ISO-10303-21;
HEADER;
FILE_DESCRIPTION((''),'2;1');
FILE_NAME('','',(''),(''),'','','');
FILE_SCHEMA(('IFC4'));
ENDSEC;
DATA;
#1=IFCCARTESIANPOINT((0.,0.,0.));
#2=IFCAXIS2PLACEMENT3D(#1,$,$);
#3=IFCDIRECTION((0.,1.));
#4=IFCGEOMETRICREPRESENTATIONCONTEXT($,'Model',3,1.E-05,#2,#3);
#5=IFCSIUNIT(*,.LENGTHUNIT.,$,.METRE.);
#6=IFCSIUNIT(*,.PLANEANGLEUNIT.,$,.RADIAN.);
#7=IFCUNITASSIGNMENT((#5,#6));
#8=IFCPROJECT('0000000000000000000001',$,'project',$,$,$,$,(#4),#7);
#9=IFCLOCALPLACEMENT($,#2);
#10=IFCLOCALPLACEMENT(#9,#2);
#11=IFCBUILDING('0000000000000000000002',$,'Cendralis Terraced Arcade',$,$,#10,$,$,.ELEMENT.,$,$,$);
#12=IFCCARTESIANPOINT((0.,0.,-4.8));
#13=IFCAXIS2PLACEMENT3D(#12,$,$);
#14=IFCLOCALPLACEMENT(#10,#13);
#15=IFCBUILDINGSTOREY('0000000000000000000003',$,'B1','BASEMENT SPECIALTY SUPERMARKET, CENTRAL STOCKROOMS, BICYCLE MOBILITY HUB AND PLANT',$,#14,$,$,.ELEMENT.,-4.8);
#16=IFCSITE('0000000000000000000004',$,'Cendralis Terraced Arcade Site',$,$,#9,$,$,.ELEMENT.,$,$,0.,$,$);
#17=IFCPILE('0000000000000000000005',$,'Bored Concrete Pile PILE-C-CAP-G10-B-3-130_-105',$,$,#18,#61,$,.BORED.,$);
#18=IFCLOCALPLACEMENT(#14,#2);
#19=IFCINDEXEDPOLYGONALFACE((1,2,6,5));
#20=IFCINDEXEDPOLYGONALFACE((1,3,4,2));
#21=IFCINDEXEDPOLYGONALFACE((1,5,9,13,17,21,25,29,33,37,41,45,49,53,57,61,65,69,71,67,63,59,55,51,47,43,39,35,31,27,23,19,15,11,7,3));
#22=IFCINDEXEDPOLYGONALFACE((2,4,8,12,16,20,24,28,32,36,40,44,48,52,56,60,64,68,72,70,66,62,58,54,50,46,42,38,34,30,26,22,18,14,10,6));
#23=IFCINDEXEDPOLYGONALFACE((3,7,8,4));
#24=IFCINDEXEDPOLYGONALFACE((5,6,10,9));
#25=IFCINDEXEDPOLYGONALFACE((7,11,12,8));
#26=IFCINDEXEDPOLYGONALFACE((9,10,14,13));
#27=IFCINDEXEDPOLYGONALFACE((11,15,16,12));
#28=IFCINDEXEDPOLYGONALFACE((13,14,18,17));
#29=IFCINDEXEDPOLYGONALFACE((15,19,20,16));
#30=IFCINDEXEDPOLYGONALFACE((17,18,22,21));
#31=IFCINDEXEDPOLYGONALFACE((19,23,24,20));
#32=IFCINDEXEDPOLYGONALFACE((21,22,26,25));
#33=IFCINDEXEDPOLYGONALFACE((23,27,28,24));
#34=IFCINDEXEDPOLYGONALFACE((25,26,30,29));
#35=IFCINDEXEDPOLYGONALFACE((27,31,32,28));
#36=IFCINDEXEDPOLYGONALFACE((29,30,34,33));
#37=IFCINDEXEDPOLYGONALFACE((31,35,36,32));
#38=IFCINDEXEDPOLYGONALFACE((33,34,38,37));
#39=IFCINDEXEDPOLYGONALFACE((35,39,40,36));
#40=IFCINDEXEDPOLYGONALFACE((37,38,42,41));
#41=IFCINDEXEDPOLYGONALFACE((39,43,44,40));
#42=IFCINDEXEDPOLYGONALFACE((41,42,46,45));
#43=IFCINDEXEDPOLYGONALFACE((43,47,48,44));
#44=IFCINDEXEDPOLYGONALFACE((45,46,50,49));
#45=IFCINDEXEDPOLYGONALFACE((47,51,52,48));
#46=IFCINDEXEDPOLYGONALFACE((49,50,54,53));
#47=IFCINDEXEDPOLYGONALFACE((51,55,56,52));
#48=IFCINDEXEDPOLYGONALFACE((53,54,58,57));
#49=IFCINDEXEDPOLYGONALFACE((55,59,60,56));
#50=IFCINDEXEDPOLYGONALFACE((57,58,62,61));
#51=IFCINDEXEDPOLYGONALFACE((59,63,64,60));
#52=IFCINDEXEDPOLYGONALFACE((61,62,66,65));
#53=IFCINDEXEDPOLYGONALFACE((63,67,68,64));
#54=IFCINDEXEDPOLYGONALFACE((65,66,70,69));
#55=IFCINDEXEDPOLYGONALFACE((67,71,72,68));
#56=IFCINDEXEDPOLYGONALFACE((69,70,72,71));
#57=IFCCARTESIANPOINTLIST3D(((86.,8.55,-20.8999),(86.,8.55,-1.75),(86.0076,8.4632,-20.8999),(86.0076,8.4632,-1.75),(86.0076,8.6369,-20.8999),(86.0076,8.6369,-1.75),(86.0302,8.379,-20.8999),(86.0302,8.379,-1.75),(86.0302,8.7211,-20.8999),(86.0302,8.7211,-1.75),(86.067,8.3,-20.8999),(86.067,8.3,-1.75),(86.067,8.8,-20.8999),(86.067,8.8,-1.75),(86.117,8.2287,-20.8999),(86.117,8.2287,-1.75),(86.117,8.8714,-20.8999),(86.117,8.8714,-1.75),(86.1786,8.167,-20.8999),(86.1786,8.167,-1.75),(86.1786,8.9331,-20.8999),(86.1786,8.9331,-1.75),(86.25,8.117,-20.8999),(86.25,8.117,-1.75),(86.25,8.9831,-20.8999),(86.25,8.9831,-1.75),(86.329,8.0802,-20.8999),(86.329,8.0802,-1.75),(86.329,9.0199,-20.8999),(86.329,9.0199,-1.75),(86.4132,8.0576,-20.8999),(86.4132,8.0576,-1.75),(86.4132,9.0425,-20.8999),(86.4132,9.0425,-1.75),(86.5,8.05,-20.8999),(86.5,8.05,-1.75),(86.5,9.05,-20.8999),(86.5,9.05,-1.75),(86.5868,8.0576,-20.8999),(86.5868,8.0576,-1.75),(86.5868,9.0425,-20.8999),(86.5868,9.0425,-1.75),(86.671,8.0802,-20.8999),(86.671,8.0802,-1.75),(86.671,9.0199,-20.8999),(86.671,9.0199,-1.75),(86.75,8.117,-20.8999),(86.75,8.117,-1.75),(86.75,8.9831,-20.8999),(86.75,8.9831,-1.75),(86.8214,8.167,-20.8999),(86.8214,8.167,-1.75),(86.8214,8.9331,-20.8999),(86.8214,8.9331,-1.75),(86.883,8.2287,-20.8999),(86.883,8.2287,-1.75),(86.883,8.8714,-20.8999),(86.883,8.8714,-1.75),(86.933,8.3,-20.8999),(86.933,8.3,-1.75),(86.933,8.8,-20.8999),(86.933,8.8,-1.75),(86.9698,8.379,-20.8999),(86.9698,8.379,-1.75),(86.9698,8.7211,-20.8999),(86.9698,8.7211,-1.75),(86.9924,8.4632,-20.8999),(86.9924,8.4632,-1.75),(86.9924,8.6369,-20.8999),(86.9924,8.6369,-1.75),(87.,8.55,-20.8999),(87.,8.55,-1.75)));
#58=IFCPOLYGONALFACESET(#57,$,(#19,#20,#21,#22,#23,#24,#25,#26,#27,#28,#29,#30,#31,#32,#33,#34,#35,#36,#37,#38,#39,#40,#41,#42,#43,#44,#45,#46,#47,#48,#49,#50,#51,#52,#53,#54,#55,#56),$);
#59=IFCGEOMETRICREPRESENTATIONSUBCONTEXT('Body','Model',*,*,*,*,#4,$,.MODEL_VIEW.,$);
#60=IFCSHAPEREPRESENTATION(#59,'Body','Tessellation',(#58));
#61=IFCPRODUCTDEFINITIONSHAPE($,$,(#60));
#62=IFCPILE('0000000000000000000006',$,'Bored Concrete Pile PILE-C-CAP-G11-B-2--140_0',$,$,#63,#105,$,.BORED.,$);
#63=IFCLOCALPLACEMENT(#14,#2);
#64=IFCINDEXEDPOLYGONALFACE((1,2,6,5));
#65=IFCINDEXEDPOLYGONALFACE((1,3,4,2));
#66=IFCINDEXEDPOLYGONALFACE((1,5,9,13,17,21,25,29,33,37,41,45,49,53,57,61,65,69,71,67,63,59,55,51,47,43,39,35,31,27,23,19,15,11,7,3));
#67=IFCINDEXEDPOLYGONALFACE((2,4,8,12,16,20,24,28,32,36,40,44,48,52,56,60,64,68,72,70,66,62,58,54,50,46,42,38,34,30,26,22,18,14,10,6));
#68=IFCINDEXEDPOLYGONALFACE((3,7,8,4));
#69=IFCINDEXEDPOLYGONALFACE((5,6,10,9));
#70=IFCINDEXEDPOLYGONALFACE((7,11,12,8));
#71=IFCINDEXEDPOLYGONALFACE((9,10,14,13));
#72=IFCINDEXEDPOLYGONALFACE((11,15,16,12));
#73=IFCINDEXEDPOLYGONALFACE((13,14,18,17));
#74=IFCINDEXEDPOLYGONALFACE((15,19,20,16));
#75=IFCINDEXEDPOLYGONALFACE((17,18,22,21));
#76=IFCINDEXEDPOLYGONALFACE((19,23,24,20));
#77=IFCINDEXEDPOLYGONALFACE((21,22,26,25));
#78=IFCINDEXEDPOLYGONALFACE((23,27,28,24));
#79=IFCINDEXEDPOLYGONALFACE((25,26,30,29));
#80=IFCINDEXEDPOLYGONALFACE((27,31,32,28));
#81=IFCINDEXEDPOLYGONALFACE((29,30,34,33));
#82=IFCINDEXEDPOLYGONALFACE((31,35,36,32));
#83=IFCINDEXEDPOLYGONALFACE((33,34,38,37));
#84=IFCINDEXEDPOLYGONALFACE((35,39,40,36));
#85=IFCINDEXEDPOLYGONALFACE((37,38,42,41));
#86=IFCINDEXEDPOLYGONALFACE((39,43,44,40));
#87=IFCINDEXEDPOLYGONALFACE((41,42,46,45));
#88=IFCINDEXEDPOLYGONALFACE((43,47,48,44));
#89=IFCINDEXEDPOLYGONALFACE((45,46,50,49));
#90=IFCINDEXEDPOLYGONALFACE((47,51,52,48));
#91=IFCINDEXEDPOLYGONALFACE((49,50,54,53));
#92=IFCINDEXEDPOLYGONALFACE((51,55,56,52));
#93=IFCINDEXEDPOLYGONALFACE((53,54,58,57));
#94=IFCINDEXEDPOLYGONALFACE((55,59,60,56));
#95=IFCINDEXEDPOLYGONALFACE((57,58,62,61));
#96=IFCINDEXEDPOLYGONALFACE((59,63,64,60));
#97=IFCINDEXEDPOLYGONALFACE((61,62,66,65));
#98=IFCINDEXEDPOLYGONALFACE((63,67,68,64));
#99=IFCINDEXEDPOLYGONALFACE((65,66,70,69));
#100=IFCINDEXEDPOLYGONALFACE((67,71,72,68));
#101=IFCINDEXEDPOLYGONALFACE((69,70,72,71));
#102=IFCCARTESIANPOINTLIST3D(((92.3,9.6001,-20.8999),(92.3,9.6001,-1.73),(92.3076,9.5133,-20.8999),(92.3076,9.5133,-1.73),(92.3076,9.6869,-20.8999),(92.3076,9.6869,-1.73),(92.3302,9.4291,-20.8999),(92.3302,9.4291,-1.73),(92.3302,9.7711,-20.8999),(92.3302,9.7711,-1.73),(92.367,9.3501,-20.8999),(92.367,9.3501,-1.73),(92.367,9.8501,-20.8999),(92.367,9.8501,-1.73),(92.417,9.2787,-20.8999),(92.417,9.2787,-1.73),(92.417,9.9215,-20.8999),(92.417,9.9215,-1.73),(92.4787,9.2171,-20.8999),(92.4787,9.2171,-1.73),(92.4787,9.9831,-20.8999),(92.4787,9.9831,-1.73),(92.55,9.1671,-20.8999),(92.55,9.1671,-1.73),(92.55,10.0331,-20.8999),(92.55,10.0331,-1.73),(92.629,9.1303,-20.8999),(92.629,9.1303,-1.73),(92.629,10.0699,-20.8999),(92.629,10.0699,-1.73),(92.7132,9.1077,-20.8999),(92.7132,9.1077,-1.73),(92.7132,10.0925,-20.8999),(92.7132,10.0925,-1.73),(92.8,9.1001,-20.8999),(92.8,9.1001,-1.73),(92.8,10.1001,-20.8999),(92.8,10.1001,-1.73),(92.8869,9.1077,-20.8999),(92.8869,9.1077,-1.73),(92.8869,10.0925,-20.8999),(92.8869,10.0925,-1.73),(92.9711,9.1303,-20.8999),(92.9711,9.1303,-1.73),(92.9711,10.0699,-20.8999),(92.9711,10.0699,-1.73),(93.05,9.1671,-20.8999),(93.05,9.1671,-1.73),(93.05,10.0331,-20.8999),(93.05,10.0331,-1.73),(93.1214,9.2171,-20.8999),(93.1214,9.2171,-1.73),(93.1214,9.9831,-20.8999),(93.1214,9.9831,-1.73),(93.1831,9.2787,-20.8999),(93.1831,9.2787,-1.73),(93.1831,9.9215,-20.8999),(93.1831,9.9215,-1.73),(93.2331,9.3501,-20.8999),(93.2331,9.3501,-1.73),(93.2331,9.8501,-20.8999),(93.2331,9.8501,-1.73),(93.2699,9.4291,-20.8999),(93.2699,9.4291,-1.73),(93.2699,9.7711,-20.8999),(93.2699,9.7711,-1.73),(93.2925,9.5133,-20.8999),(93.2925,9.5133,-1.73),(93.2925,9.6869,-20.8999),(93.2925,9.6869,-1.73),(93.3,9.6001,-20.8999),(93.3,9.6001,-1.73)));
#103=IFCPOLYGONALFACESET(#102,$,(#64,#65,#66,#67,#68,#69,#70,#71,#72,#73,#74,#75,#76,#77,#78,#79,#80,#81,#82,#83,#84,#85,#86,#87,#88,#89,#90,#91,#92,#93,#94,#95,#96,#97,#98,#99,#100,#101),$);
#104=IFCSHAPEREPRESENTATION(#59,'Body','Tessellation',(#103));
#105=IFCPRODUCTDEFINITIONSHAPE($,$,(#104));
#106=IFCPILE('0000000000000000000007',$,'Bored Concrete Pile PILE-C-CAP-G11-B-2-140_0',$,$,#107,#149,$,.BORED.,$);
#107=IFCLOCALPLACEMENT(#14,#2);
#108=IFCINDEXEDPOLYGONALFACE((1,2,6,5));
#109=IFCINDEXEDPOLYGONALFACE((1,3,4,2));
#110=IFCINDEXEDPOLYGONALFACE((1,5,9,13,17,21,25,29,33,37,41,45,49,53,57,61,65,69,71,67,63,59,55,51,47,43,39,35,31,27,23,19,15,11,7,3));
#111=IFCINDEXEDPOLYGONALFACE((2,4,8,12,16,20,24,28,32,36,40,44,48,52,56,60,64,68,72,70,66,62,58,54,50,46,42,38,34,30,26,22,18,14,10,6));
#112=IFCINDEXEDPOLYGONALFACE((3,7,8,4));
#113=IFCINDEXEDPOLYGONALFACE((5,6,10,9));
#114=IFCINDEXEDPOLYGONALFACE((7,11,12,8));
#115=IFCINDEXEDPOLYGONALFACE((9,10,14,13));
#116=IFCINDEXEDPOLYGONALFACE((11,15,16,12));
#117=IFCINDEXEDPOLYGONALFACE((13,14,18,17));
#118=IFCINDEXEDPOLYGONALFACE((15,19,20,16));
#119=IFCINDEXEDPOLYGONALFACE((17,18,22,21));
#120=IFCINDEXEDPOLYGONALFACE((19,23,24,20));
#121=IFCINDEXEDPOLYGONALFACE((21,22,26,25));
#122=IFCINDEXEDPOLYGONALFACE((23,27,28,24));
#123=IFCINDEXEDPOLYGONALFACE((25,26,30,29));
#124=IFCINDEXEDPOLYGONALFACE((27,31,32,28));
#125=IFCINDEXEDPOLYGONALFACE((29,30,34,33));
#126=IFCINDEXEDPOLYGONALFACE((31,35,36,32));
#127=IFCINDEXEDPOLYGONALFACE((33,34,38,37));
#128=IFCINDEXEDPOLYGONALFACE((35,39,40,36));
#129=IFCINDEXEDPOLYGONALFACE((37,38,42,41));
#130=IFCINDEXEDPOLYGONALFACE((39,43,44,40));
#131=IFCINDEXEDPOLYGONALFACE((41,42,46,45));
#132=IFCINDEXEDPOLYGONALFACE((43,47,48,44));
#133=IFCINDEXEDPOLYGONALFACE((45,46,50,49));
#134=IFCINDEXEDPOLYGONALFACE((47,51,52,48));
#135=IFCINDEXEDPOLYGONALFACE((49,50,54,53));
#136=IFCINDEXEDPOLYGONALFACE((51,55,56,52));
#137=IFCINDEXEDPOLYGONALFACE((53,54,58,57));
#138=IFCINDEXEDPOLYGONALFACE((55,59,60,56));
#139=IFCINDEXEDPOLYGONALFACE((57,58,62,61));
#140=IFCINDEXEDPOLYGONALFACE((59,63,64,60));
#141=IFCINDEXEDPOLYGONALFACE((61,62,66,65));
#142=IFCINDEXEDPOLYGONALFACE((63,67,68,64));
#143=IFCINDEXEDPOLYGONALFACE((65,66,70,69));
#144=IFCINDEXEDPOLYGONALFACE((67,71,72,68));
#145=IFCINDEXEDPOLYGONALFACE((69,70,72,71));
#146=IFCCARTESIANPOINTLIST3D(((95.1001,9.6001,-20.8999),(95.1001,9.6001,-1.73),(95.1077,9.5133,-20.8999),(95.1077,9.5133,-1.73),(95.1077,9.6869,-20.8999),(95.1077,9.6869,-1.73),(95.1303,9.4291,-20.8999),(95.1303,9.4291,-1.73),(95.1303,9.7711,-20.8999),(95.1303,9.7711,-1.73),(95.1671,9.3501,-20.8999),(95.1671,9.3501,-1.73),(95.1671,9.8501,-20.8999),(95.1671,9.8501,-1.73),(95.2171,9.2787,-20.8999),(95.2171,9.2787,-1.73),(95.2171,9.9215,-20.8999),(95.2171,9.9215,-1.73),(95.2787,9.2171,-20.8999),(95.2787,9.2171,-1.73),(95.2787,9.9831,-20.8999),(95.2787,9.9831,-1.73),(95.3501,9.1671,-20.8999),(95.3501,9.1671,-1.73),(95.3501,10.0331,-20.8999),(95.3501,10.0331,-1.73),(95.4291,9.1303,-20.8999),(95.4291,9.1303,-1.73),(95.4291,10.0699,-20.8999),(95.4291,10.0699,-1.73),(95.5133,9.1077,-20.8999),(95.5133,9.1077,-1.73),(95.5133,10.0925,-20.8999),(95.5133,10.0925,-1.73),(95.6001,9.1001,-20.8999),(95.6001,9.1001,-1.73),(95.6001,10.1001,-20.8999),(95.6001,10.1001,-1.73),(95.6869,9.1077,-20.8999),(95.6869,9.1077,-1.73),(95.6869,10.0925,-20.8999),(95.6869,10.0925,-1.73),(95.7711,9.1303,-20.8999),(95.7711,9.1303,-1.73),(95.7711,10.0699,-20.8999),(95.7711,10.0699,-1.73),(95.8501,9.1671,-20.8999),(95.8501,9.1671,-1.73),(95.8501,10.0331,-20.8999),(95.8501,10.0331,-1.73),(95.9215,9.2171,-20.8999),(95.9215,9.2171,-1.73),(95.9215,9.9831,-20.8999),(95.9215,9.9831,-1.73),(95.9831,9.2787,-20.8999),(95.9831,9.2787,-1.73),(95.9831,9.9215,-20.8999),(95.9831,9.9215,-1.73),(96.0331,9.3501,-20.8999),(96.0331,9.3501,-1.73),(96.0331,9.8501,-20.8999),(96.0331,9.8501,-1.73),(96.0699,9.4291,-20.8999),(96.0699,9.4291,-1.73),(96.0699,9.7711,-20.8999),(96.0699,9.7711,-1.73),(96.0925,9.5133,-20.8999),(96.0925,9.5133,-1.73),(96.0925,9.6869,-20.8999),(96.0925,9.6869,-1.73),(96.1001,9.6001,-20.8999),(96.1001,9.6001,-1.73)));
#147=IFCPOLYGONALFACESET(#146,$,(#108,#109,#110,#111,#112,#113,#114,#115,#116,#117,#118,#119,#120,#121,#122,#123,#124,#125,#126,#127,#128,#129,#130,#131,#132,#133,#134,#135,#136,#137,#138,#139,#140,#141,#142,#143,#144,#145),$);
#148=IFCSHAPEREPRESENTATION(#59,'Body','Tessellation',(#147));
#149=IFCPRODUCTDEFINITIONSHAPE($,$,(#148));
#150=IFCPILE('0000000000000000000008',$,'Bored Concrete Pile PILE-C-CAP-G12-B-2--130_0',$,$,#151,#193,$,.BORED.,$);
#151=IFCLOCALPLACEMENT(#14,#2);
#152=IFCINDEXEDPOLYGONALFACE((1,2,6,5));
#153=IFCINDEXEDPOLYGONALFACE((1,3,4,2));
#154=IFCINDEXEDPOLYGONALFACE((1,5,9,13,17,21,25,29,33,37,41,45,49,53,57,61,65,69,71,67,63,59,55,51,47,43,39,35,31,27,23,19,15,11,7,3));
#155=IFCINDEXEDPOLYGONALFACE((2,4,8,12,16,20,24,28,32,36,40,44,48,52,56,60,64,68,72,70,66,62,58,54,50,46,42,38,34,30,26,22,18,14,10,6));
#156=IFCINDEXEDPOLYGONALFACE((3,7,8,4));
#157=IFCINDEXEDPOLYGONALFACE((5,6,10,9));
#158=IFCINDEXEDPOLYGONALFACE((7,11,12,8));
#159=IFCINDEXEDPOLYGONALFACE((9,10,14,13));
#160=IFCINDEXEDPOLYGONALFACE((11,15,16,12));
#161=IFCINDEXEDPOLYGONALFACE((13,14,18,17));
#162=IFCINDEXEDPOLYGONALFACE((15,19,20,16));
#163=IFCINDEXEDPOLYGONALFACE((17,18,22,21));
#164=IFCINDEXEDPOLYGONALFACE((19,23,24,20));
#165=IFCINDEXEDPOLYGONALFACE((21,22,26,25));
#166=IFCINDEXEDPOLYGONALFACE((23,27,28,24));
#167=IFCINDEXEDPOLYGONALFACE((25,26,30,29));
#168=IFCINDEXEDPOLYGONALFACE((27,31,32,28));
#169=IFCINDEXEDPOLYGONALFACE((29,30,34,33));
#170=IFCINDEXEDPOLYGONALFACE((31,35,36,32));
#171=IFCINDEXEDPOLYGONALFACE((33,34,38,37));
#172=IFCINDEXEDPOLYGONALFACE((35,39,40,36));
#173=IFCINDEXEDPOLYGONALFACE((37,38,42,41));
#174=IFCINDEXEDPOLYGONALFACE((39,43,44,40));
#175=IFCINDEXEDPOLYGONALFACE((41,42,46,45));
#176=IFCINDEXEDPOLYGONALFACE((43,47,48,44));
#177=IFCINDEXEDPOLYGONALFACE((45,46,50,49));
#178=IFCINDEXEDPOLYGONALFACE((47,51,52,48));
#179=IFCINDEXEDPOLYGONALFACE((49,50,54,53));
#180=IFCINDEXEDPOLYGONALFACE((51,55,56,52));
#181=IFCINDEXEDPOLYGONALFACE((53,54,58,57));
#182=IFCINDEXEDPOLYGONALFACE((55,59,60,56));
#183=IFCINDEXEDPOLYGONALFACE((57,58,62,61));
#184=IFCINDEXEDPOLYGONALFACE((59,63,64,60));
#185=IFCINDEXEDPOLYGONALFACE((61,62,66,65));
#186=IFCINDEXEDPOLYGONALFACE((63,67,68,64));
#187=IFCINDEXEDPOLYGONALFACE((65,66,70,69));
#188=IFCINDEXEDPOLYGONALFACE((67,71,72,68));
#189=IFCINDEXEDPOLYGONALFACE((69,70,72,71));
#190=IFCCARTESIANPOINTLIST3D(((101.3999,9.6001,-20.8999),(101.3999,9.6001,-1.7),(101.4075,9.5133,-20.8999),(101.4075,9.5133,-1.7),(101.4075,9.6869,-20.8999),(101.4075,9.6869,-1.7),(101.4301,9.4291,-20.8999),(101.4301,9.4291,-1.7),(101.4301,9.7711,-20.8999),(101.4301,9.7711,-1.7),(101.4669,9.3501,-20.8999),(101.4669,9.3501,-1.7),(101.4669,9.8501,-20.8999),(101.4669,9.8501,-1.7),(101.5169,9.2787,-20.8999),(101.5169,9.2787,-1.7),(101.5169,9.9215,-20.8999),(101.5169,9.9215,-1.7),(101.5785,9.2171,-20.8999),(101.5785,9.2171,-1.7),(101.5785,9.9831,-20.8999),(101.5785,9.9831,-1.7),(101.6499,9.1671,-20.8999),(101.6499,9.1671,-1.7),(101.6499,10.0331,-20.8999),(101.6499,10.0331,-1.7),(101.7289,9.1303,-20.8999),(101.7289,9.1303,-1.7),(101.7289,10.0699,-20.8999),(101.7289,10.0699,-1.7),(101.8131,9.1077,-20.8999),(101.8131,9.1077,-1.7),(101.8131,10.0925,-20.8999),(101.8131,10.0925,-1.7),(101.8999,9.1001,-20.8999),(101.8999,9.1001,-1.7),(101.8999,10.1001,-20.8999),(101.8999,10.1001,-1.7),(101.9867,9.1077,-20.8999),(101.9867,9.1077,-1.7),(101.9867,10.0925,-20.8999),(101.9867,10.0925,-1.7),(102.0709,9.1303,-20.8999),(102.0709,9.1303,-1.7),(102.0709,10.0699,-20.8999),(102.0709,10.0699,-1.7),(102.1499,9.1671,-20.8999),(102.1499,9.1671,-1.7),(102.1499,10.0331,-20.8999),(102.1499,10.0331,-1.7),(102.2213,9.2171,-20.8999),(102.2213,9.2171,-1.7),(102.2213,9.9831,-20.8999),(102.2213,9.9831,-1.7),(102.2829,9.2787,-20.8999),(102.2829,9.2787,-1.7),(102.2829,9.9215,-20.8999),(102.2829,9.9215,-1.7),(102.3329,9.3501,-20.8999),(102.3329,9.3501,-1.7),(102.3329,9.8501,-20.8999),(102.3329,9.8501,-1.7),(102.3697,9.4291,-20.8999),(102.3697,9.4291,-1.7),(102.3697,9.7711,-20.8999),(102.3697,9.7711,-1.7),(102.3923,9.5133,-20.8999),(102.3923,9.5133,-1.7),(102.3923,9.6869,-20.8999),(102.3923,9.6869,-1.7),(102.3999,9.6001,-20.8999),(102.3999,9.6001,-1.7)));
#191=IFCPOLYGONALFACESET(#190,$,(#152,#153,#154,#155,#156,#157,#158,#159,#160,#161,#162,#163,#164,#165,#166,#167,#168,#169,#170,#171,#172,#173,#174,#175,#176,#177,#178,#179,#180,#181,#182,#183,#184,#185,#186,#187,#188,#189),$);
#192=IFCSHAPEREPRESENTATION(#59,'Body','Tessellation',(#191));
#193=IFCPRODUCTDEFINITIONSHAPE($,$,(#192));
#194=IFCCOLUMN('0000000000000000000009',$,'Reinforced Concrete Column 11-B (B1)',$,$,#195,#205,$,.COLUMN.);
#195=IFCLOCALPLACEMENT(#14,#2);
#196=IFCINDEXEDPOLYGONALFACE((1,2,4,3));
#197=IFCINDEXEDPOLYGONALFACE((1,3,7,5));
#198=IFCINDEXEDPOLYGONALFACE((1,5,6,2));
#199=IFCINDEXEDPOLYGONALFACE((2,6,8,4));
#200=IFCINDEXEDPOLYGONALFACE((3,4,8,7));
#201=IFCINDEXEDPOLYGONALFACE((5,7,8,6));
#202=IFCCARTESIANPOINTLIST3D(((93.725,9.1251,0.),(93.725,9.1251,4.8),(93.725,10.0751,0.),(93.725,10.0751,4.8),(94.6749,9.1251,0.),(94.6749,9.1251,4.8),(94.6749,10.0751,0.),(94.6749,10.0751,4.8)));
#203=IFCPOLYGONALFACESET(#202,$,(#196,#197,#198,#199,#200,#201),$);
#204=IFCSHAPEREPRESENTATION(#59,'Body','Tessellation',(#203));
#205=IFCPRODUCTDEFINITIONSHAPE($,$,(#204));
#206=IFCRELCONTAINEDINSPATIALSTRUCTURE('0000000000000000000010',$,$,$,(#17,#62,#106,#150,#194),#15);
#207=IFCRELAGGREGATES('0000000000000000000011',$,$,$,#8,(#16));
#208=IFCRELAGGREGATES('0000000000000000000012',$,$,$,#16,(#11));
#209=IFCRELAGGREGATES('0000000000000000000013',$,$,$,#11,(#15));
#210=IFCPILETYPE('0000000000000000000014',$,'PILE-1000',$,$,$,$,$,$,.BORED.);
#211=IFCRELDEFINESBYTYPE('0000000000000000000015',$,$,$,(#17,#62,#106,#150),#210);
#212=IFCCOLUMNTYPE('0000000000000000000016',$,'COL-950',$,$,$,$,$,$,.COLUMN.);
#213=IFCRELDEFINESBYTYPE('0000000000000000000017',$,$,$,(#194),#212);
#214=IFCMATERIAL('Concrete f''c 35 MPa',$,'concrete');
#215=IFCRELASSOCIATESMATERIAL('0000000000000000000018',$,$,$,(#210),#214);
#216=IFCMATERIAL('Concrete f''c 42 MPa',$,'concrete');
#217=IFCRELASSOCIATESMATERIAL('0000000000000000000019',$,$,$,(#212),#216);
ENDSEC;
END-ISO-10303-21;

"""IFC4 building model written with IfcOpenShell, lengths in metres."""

from ifc_helpers import new_model, si_unit, direction, frame, origin, origin_2d, place, context, subcontext, project, spatial, rectangle, circle, extrude, material, material_profile, profile_set, type_object, element, save


model = new_model("IFC4")

# Units and contexts
model_context = context("Model", 3, precision=1e-05, world=origin(), true_north=direction((0.0, 1.0)))
body_context = subcontext(model_context, "Body", "Model", "MODEL_VIEW")
ifc_project = project(units=[si_unit("LENGTHUNIT", "METRE"), si_unit("PLANEANGLEUNIT", "RADIAN")], contexts=[model_context])

# Site, building, storey
site_placement = place(None, origin())
site = spatial("IfcSite", under=ifc_project, at=site_placement, Name="Cendralis Terraced Arcade Site", CompositionType="ELEMENT", RefElevation=0.0)
building_placement = place(site_placement, origin())
building = spatial("IfcBuilding", under=site, at=building_placement, Name="Cendralis Terraced Arcade", CompositionType="ELEMENT")
storey_placement = place(building_placement, frame((0.0, 0.0, -4.8)))
storey = spatial("IfcBuildingStorey", under=building, at=storey_placement, Name="B1", Description="BASEMENT SPECIALTY SUPERMARKET, CENTRAL STOCKROOMS, BICYCLE MOBILITY HUB AND PLANT", CompositionType="ELEMENT", Elevation=-4.8)

# Shared definitions
ifc_material_1 = material(Name="Concrete f'c 35 MPa", Category="concrete")

# Piles
ifc_material_profile_1 = material_profile(ifc_material_1, circle(Radius=0.5, at=origin_2d()), Name="PILE-D1000", Category="LoadBearing")
ifc_profile_set_1 = profile_set([ifc_material_profile_1], Name="Concrete f'c 35 MPa")
pile_type = type_object("IfcPileType", Name="PILE-1000", PredefinedType="BORED", material=ifc_profile_set_1)
pile_1_placement = place(storey_placement, frame((86.5, 8.55, -1.75), z_axis=(0.0, 0.0, -1.0), x_axis=(1.0, 0.0, 0.0)))
element("IfcPile", 1, at=pile_1_placement, inside=storey, type_object=pile_type, Name="Bored Concrete Pile PILE-C-CAP-G10-B-3-130_-105", PredefinedType="BORED", context=body_context, shape_type="SweptSolid", body=[
    extrude(circle(Radius=0.5, at=origin_2d()), origin(), (0.0, 0.0, 1.0), 19.1499),
])
for number, where, z_axis, x_axis, name in (
    (2, (92.8, 9.6001, -1.73), (0.0, 0.0, -1.0), (1.0, 0.0, 0.0), "Bored Concrete Pile PILE-C-CAP-G11-B-2--140_0"),
    (3, (95.6001, 9.6001, -1.73), (0.0, 0.0, -1.0), (1.0, 0.0, 0.0), "Bored Concrete Pile PILE-C-CAP-G11-B-2-140_0"),
):
    element("IfcPile", number, at=place(storey_placement, frame(where, z_axis=z_axis, x_axis=x_axis)), inside=storey, type_object=pile_type, Name=name, PredefinedType="BORED", context=body_context, shape_type="SweptSolid", body=[
        extrude(circle(Radius=0.5, at=origin_2d()), origin(), (0.0, 0.0, 1.0), 19.1699),
    ])
pile_2_placement = place(storey_placement, frame((101.8999, 9.6001, -1.7), z_axis=(0.0, 0.0, -1.0), x_axis=(1.0, 0.0, 0.0)))
element("IfcPile", 4, at=pile_2_placement, inside=storey, type_object=pile_type, Name="Bored Concrete Pile PILE-C-CAP-G12-B-2--130_0", PredefinedType="BORED", context=body_context, shape_type="SweptSolid", body=[
    extrude(circle(Radius=0.5, at=origin_2d()), origin(), (0.0, 0.0, 1.0), 19.2),
])

# Column
ifc_material_2 = material(Name="Concrete f'c 42 MPa", Category="concrete")
ifc_material_profile_2 = material_profile(ifc_material_2, rectangle(XDim=0.95, YDim=0.95, at=origin_2d()), Name="RC-COL-950x950", Category="LoadBearing")
ifc_profile_set_2 = profile_set([ifc_material_profile_2], Name="Concrete f'c 42 MPa")
column_type = type_object("IfcColumnType", Name="COL-950", PredefinedType="COLUMN", material=ifc_profile_set_2)
column_placement = place(storey_placement, frame((94.2, 9.6001, 0.0), z_axis=(0.0, 0.0, 1.0), x_axis=(1.0, 0.0, 0.0)))
element("IfcColumn", 5, at=column_placement, inside=storey, type_object=column_type, Name="Reinforced Concrete Column 11-B (B1)", PredefinedType="COLUMN", context=body_context, shape_type="SweptSolid", body=[
    extrude(rectangle(XDim=0.95, YDim=0.95, at=origin_2d()), origin(), (0.0, 0.0, 1.0), 4.8),
])

save(model, "model.ifc")
